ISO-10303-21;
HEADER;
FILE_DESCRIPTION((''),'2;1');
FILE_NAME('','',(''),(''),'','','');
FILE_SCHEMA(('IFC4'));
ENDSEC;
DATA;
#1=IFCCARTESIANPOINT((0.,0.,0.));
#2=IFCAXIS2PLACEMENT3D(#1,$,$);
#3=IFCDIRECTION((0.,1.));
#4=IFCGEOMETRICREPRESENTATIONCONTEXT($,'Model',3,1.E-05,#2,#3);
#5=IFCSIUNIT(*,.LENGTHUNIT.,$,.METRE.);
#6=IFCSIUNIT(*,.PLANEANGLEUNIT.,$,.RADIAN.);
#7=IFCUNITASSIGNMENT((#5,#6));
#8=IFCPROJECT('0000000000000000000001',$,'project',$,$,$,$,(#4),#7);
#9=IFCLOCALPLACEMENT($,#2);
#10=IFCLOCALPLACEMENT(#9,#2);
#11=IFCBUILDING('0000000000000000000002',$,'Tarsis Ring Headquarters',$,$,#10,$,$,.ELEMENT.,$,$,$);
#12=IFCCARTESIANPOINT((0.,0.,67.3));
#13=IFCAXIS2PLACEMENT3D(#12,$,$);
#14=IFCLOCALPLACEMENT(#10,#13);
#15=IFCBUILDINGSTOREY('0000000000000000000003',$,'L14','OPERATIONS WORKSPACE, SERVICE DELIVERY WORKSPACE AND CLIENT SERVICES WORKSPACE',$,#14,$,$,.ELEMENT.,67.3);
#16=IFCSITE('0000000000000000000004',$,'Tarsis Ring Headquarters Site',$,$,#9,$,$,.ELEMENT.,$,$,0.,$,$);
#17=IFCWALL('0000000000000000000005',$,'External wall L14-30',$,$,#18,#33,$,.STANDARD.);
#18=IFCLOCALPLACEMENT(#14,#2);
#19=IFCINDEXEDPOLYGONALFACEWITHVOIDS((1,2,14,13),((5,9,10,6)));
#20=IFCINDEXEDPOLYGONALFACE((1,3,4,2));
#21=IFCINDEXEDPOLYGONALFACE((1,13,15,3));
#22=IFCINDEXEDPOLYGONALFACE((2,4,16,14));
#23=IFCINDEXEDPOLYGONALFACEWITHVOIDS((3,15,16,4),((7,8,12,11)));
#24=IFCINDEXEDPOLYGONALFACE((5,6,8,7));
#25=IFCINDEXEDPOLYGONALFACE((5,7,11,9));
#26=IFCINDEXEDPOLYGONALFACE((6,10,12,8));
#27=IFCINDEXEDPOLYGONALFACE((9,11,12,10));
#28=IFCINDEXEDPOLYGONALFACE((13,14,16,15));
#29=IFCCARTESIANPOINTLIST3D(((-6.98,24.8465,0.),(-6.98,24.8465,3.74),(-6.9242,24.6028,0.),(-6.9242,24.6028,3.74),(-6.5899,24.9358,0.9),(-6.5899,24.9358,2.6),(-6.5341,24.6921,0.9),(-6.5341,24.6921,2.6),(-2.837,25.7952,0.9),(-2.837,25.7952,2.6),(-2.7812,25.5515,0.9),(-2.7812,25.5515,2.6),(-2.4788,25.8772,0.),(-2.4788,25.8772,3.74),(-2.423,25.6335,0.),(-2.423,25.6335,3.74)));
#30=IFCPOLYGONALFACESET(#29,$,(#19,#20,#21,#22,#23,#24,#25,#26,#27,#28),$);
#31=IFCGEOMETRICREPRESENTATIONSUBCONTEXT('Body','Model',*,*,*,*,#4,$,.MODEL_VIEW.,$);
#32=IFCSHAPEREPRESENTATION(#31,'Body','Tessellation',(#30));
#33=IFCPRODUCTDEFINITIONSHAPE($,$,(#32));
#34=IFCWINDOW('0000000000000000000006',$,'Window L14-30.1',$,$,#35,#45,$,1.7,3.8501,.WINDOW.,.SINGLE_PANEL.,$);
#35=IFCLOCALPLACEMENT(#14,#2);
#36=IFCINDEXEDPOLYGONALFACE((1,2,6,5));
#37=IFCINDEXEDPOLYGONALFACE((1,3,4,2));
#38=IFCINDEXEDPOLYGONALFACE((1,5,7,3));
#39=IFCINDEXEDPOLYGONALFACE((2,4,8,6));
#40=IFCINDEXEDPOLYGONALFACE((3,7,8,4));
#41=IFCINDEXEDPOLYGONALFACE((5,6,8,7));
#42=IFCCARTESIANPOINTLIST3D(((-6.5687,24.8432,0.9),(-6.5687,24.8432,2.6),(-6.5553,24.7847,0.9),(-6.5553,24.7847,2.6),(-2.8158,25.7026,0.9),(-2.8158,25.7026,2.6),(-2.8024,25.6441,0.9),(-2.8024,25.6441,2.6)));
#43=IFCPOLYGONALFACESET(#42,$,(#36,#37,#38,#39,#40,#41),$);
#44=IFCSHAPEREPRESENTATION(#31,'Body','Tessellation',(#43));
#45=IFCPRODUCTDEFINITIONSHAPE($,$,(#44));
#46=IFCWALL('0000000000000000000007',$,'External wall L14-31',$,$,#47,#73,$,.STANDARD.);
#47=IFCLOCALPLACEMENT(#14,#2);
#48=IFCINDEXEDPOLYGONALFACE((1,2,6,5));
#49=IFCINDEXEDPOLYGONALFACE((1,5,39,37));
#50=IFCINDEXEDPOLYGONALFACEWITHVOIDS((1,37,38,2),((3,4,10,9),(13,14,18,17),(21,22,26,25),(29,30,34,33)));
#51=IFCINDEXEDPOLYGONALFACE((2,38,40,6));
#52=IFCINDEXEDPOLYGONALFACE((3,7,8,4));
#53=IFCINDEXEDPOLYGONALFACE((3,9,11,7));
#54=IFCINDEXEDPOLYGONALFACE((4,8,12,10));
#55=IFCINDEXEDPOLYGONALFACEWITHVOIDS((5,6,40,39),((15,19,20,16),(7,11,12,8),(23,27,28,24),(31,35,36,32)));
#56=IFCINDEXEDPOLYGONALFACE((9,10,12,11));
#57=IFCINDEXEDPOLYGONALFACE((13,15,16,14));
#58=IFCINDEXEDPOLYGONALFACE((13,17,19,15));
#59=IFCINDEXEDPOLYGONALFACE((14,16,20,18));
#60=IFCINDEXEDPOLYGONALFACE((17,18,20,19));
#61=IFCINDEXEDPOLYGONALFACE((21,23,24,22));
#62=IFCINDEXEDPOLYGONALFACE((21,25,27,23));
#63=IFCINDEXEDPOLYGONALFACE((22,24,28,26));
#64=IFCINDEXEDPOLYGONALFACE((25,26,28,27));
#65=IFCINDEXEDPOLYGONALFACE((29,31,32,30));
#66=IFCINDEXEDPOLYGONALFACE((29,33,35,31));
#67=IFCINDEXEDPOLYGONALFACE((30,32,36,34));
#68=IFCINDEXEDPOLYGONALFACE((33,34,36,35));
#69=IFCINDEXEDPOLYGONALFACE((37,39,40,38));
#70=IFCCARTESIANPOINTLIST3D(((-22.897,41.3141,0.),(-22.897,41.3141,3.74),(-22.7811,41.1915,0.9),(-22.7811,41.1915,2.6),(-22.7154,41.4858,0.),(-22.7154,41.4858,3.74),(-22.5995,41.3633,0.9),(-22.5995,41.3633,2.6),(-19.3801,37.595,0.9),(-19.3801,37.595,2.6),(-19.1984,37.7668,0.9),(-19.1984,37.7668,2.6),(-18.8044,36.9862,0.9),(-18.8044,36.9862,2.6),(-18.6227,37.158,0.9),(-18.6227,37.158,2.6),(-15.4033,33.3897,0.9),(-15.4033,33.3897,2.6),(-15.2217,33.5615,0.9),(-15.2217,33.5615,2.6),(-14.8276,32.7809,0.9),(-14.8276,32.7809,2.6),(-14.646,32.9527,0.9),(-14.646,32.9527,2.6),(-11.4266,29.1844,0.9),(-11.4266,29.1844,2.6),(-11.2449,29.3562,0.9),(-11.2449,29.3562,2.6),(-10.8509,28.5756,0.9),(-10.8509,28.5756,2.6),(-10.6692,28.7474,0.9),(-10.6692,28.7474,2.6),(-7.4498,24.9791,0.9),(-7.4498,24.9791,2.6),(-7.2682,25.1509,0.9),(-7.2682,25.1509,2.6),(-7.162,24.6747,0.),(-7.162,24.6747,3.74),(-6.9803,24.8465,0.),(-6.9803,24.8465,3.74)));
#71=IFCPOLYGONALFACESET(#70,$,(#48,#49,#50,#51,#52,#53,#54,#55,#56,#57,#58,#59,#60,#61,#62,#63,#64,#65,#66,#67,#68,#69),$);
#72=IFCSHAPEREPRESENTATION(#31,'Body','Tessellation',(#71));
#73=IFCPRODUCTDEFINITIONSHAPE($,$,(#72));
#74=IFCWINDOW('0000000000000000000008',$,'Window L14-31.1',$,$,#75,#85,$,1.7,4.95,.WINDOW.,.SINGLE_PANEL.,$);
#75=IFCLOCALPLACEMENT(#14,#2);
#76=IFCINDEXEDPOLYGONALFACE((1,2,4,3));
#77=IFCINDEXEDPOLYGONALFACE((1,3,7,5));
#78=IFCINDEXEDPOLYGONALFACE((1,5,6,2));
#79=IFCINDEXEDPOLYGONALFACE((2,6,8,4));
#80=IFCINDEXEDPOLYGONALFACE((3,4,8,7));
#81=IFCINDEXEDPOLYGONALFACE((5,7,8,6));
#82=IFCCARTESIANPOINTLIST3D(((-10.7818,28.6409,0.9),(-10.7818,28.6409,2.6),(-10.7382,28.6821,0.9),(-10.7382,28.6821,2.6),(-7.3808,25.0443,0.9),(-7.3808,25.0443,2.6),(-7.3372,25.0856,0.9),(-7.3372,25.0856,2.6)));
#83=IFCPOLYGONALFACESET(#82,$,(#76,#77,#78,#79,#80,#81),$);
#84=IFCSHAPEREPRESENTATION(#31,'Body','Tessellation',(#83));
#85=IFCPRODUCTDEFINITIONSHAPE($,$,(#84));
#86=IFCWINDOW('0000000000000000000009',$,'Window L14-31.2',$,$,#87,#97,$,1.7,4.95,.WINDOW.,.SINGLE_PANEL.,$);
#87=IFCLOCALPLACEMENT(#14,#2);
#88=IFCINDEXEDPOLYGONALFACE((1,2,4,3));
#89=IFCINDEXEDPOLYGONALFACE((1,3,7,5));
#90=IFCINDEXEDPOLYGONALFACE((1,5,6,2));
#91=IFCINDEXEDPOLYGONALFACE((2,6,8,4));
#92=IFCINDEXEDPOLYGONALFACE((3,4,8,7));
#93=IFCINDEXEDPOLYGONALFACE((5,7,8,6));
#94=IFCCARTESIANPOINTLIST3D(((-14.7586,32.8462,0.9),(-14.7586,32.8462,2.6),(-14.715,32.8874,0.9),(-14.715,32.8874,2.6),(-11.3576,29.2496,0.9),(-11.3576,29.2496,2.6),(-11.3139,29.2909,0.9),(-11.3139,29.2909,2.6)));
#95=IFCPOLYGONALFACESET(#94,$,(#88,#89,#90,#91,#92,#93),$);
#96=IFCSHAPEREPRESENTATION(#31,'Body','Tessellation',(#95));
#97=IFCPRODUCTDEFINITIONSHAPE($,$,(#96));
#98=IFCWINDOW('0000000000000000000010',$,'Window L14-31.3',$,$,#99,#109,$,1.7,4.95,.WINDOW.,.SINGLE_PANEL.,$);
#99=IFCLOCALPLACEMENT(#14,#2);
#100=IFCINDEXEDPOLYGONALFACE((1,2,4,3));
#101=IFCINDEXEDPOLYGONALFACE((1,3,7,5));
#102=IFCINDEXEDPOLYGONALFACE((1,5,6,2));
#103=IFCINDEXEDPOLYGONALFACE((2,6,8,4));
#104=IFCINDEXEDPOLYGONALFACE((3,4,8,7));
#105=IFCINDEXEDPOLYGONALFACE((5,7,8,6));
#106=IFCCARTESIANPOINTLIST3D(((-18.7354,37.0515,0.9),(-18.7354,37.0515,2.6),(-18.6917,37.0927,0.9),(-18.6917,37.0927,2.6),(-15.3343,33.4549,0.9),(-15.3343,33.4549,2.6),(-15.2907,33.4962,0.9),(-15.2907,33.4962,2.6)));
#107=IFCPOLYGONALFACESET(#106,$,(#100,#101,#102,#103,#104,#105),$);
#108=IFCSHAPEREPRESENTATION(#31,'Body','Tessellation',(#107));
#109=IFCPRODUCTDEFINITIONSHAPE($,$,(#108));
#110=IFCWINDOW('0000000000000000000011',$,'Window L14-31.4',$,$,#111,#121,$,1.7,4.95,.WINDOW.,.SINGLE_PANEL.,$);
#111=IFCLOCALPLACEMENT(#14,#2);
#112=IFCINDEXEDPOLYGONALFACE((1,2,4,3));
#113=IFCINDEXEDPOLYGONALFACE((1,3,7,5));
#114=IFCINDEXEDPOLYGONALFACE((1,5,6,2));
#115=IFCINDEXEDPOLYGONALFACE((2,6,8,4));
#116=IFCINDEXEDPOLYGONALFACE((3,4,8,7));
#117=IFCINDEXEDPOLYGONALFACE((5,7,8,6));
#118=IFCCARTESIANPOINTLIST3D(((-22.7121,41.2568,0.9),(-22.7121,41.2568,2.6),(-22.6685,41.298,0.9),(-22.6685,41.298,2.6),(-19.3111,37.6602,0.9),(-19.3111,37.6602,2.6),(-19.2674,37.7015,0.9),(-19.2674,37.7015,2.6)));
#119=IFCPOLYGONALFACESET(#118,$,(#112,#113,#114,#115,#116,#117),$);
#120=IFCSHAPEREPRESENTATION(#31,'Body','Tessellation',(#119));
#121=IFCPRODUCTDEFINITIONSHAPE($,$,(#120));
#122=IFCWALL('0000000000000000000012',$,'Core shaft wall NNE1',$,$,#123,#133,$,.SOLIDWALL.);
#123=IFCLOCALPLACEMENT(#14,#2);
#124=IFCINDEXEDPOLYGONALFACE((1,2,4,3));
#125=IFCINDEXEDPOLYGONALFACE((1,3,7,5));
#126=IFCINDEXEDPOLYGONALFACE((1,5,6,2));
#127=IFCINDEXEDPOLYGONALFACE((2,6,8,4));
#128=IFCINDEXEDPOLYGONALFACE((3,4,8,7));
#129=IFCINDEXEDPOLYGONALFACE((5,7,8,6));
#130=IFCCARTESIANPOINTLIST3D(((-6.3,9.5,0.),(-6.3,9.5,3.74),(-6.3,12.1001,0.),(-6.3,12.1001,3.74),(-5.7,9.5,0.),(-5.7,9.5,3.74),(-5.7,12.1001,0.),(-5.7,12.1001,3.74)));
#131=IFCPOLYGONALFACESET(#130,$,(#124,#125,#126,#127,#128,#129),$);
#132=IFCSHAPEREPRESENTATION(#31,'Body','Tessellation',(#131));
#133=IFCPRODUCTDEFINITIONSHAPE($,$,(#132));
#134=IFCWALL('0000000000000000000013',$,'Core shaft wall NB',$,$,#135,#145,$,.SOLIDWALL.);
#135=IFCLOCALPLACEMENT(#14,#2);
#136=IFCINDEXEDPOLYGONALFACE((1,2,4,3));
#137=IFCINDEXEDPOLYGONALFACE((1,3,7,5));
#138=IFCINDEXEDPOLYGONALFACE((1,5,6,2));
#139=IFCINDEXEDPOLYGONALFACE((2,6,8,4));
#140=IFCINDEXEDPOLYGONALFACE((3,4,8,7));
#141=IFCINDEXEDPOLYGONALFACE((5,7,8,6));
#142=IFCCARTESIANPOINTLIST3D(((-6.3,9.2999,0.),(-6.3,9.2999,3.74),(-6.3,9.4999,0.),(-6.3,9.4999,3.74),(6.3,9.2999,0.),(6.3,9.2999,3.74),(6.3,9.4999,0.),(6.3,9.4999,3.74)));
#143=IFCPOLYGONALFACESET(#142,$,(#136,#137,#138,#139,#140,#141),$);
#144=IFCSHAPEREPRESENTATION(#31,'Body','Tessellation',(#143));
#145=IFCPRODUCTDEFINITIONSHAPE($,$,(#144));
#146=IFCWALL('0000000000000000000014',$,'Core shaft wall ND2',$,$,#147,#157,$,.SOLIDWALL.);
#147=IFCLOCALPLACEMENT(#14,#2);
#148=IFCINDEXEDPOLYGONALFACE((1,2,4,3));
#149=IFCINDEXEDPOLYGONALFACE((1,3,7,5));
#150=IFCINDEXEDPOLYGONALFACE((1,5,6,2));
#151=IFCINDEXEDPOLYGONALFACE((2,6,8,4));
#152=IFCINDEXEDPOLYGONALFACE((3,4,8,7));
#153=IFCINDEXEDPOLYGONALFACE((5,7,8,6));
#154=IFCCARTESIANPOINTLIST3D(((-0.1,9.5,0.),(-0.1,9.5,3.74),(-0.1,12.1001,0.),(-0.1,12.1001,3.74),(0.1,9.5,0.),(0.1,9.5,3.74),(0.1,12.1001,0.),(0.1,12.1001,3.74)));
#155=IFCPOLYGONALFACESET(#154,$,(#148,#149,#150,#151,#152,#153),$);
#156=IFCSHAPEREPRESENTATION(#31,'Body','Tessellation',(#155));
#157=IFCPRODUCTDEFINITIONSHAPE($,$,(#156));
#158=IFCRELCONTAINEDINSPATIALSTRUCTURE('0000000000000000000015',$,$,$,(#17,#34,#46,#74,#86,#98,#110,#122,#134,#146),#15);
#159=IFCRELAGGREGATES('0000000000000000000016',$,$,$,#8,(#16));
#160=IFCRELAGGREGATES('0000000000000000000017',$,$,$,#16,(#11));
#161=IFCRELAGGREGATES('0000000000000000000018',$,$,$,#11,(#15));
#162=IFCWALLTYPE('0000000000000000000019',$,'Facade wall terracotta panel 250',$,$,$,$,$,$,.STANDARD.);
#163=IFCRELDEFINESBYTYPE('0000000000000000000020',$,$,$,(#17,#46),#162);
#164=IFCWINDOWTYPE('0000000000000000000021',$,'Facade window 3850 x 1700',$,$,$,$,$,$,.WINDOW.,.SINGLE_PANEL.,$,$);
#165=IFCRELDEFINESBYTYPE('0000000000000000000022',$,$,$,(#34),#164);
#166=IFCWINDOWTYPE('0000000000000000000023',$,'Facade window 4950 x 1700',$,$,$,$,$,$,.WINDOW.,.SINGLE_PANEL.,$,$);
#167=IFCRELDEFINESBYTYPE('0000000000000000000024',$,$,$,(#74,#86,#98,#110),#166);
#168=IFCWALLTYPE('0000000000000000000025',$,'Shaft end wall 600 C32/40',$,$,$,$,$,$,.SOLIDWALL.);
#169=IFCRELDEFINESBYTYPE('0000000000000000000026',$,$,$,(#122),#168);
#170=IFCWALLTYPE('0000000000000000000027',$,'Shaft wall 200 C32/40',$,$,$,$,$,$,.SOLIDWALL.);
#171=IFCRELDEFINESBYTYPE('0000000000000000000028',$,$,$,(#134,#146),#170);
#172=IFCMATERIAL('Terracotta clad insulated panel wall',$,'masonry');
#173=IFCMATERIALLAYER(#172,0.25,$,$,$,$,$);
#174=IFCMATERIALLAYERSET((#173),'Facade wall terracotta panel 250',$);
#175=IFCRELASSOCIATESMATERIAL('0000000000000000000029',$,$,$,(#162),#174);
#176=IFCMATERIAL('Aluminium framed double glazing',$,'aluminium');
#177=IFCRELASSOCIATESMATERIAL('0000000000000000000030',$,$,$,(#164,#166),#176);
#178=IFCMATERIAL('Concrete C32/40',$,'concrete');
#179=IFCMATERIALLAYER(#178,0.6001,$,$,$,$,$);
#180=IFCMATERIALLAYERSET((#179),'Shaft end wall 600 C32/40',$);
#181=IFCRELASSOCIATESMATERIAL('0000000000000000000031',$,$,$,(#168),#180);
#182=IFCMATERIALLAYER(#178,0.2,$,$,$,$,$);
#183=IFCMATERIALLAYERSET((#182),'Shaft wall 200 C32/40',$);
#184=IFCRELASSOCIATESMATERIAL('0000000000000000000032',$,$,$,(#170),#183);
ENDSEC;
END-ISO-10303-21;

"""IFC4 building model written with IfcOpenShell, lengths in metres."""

from ifc_helpers import new_model, si_unit, direction, frame, frame_2d, origin, place, context, subcontext, project, spatial, rectangle, extrude, material, layer, layer_set, type_object, element, fill, save


model = new_model("IFC4")

# Units and contexts
model_context = context("Model", 3, precision=1e-05, world=origin(), true_north=direction((0.0, 1.0)))
body_context = subcontext(model_context, "Body", "Model", "MODEL_VIEW")
ifc_project = project(units=[si_unit("LENGTHUNIT", "METRE"), si_unit("PLANEANGLEUNIT", "RADIAN")], contexts=[model_context])

# Site, building, storey
site_placement = place(None, origin())
site = spatial("IfcSite", under=ifc_project, at=site_placement, Name="Tarsis Ring Headquarters Site", CompositionType="ELEMENT", RefElevation=0.0)
building_placement = place(site_placement, origin())
building = spatial("IfcBuilding", under=site, at=building_placement, Name="Tarsis Ring Headquarters", CompositionType="ELEMENT")
storey_placement = place(building_placement, frame((0.0, 0.0, 67.3)))
storey = spatial("IfcBuildingStorey", under=building, at=storey_placement, Name="L14", Description="OPERATIONS WORKSPACE, SERVICE DELIVERY WORKSPACE AND CLIENT SERVICES WORKSPACE", CompositionType="ELEMENT", Elevation=67.3)

# Wall, opening, window
ifc_material_1 = material(Name="Terracotta clad insulated panel wall", Category="masonry")
ifc_layer_1 = layer(ifc_material_1, 0.25)
ifc_layer_set_1 = layer_set([ifc_layer_1], Name="Facade wall terracotta panel 250")
wall_type_1 = type_object("IfcWallType", Name="Facade wall terracotta panel 250", PredefinedType="STANDARD", material=ifc_layer_set_1)
ifc_material_2 = material(Name="Aluminium framed double glazing", Category="aluminium")
wall_1_placement = place(storey_placement, frame((-2.4509, 25.7554, 0.0), z_axis=(0.0, 0.0, 1.0), x_axis=(-0.974769, -0.223218, 0.0)))
wall_1 = element("IfcWall", 1, at=wall_1_placement, inside=storey, type_object=wall_type_1, Name="External wall L14-30", PredefinedType="STANDARD", context=body_context, shape_type="SweptSolid", body=[
    extrude(rectangle(XDim=4.6177, YDim=0.25, at=frame_2d((2.3088, 0.0))), origin(), (0.0, 0.0, 1.0), 3.74),
])
opening_1_placement = place(wall_1_placement, frame((0.3674, 0.0, 0.8999)))
opening_1 = element("IfcOpeningElement", 2, at=opening_1_placement, cuts=wall_1, PredefinedType="OPENING", context=body_context, shape_type="SweptSolid", body=[
    extrude(rectangle(XDim=3.8501, YDim=1.7, at=frame_2d((1.925, 0.8501))), frame((0.0, 0.135, 0.0), z_axis=(0.0, -1.0, 0.0), x_axis=(1.0, 0.0, 0.0)), (0.0, 0.0, 1.0), 0.27),
])
window_type_1 = type_object("IfcWindowType", Name="Facade window 3850 x 1700", PartitioningType="SINGLE_PANEL", PredefinedType="WINDOW", material=ifc_material_2)
window_1_placement = place(opening_1_placement, origin())
window_1 = element("IfcWindow", 3, at=window_1_placement, inside=storey, type_object=window_type_1, Name="Window L14-30.1", OverallHeight=1.7, OverallWidth=3.8501, PartitioningType="SINGLE_PANEL", PredefinedType="WINDOW", context=body_context, shape_type="SweptSolid", body=[
    extrude(rectangle(XDim=3.8501, YDim=1.7, at=frame_2d((1.925, 0.8501))), frame((0.0, 0.03, 0.0), z_axis=(0.0, -1.0, 0.0), x_axis=(1.0, 0.0, 0.0)), (0.0, 0.0, 1.0), 0.0601),
])
fill(opening_1, window_1)

# Wall, openings, windows
wall_2_placement = place(storey_placement, frame((-7.071, 24.7605, 0.0), z_axis=(0.0, 0.0, 1.0), x_axis=(-0.687088, 0.726575, 0.0)))
wall_2 = element("IfcWall", 4, at=wall_2_placement, inside=storey, type_object=wall_type_1, Name="External wall L14-31", PredefinedType="STANDARD", context=body_context, shape_type="SweptSolid", body=[
    extrude(rectangle(XDim=22.9011, YDim=0.25, at=frame_2d((11.4507, 0.0))), origin(), (0.0, 0.0, 1.0), 3.74),
])
opening_2_placement = place(wall_2_placement, frame((0.4189, 0.0, 0.8999)))
opening_2 = element("IfcOpeningElement", 5, at=opening_2_placement, cuts=wall_2, PredefinedType="OPENING", context=body_context, shape_type="SweptSolid", body=[
    extrude(rectangle(XDim=4.95, YDim=1.7, at=frame_2d((2.4751, 0.8501))), frame((0.0, 0.135, 0.0), z_axis=(0.0, -1.0, 0.0), x_axis=(1.0, 0.0, 0.0)), (0.0, 0.0, 1.0), 0.27),
])
opening_3_placement = place(wall_2_placement, frame((6.2068, 0.0, 0.8999)))
opening_3 = element("IfcOpeningElement", 6, at=opening_3_placement, cuts=wall_2, PredefinedType="OPENING", context=body_context, shape_type="SweptSolid", body=[
    extrude(rectangle(XDim=4.95, YDim=1.7, at=frame_2d((2.4751, 0.8501))), frame((0.0, 0.135, 0.0), z_axis=(0.0, -1.0, 0.0), x_axis=(1.0, 0.0, 0.0)), (0.0, 0.0, 1.0), 0.27),
])
opening_4_placement = place(wall_2_placement, frame((11.9946, 0.0, 0.8999)))
opening_4 = element("IfcOpeningElement", 7, at=opening_4_placement, cuts=wall_2, PredefinedType="OPENING", context=body_context, shape_type="SweptSolid", body=[
    extrude(rectangle(XDim=4.95, YDim=1.7, at=frame_2d((2.4751, 0.8501))), frame((0.0, 0.135, 0.0), z_axis=(0.0, -1.0, 0.0), x_axis=(1.0, 0.0, 0.0)), (0.0, 0.0, 1.0), 0.27),
])
opening_5_placement = place(wall_2_placement, frame((17.7825, 0.0, 0.8999)))
opening_5 = element("IfcOpeningElement", 8, at=opening_5_placement, cuts=wall_2, PredefinedType="OPENING", context=body_context, shape_type="SweptSolid", body=[
    extrude(rectangle(XDim=4.95, YDim=1.7, at=frame_2d((2.4751, 0.8501))), frame((0.0, 0.135, 0.0), z_axis=(0.0, -1.0, 0.0), x_axis=(1.0, 0.0, 0.0)), (0.0, 0.0, 1.0), 0.27),
])
window_type_2 = type_object("IfcWindowType", Name="Facade window 4950 x 1700", PartitioningType="SINGLE_PANEL", PredefinedType="WINDOW", material=ifc_material_2)
window_2_placement = place(opening_2_placement, origin())
window_2 = element("IfcWindow", 9, at=window_2_placement, inside=storey, type_object=window_type_2, Name="Window L14-31.1", OverallHeight=1.7, OverallWidth=4.95, PartitioningType="SINGLE_PANEL", PredefinedType="WINDOW", context=body_context, shape_type="SweptSolid", body=[
    extrude(rectangle(XDim=4.95, YDim=1.7, at=frame_2d((2.4751, 0.8501))), frame((0.0, 0.03, 0.0), z_axis=(0.0, -1.0, 0.0), x_axis=(1.0, 0.0, 0.0)), (0.0, 0.0, 1.0), 0.0601),
])
fill(opening_2, window_2)
window_3_placement = place(opening_3_placement, origin())
window_3 = element("IfcWindow", 10, at=window_3_placement, inside=storey, type_object=window_type_2, Name="Window L14-31.2", OverallHeight=1.7, OverallWidth=4.95, PartitioningType="SINGLE_PANEL", PredefinedType="WINDOW", context=body_context, shape_type="SweptSolid", body=[
    extrude(rectangle(XDim=4.95, YDim=1.7, at=frame_2d((2.4751, 0.8501))), frame((0.0, 0.03, 0.0), z_axis=(0.0, -1.0, 0.0), x_axis=(1.0, 0.0, 0.0)), (0.0, 0.0, 1.0), 0.0601),
])
fill(opening_3, window_3)
window_4_placement = place(opening_4_placement, origin())
window_4 = element("IfcWindow", 11, at=window_4_placement, inside=storey, type_object=window_type_2, Name="Window L14-31.3", OverallHeight=1.7, OverallWidth=4.95, PartitioningType="SINGLE_PANEL", PredefinedType="WINDOW", context=body_context, shape_type="SweptSolid", body=[
    extrude(rectangle(XDim=4.95, YDim=1.7, at=frame_2d((2.4751, 0.8501))), frame((0.0, 0.03, 0.0), z_axis=(0.0, -1.0, 0.0), x_axis=(1.0, 0.0, 0.0)), (0.0, 0.0, 1.0), 0.0601),
])
fill(opening_4, window_4)
window_5_placement = place(opening_5_placement, origin())
window_5 = element("IfcWindow", 12, at=window_5_placement, inside=storey, type_object=window_type_2, Name="Window L14-31.4", OverallHeight=1.7, OverallWidth=4.95, PartitioningType="SINGLE_PANEL", PredefinedType="WINDOW", context=body_context, shape_type="SweptSolid", body=[
    extrude(rectangle(XDim=4.95, YDim=1.7, at=frame_2d((2.4751, 0.8501))), frame((0.0, 0.03, 0.0), z_axis=(0.0, -1.0, 0.0), x_axis=(1.0, 0.0, 0.0)), (0.0, 0.0, 1.0), 0.0601),
])
fill(opening_5, window_5)

# Walls
ifc_material_3 = material(Name="Concrete C32/40", Category="concrete")
ifc_layer_2 = layer(ifc_material_3, 0.6001)
ifc_layer_set_2 = layer_set([ifc_layer_2], Name="Shaft end wall 600 C32/40")
wall_type_2 = type_object("IfcWallType", Name="Shaft end wall 600 C32/40", PredefinedType="SOLIDWALL", material=ifc_layer_set_2)
wall_3_placement = place(storey_placement, frame((-6.0, 9.5, 0.0), z_axis=(0.0, 0.0, 1.0), x_axis=(0.0, 1.0, 0.0)))
element("IfcWall", 13, at=wall_3_placement, inside=storey, type_object=wall_type_2, Name="Core shaft wall NNE1", PredefinedType="SOLIDWALL", context=body_context, shape_type="SweptSolid", body=[
    extrude(rectangle(XDim=2.6001, YDim=0.6001, at=frame_2d((1.3, 0.0))), origin(), (0.0, 0.0, 1.0), 3.74),
])
ifc_layer_3 = layer(ifc_material_3, 0.2)
ifc_layer_set_3 = layer_set([ifc_layer_3], Name="Shaft wall 200 C32/40")
wall_type_3 = type_object("IfcWallType", Name="Shaft wall 200 C32/40", PredefinedType="SOLIDWALL", material=ifc_layer_set_3)
wall_4_placement = place(storey_placement, frame((-6.3, 9.3999, 0.0), z_axis=(0.0, 0.0, 1.0), x_axis=(1.0, 0.0, 0.0)))
element("IfcWall", 14, at=wall_4_placement, inside=storey, type_object=wall_type_3, Name="Core shaft wall NB", PredefinedType="SOLIDWALL", context=body_context, shape_type="SweptSolid", body=[
    extrude(rectangle(XDim=12.6001, YDim=0.2, at=frame_2d((6.3, 0.0))), origin(), (0.0, 0.0, 1.0), 3.74),
])
wall_5_placement = place(storey_placement, frame((0.0, 9.5, 0.0), z_axis=(0.0, 0.0, 1.0), x_axis=(0.0, 1.0, 0.0)))
element("IfcWall", 15, at=wall_5_placement, inside=storey, type_object=wall_type_3, Name="Core shaft wall ND2", PredefinedType="SOLIDWALL", context=body_context, shape_type="SweptSolid", body=[
    extrude(rectangle(XDim=2.6001, YDim=0.2, at=frame_2d((1.3, 0.0))), origin(), (0.0, 0.0, 1.0), 3.74),
])

save(model, "model.ifc")
